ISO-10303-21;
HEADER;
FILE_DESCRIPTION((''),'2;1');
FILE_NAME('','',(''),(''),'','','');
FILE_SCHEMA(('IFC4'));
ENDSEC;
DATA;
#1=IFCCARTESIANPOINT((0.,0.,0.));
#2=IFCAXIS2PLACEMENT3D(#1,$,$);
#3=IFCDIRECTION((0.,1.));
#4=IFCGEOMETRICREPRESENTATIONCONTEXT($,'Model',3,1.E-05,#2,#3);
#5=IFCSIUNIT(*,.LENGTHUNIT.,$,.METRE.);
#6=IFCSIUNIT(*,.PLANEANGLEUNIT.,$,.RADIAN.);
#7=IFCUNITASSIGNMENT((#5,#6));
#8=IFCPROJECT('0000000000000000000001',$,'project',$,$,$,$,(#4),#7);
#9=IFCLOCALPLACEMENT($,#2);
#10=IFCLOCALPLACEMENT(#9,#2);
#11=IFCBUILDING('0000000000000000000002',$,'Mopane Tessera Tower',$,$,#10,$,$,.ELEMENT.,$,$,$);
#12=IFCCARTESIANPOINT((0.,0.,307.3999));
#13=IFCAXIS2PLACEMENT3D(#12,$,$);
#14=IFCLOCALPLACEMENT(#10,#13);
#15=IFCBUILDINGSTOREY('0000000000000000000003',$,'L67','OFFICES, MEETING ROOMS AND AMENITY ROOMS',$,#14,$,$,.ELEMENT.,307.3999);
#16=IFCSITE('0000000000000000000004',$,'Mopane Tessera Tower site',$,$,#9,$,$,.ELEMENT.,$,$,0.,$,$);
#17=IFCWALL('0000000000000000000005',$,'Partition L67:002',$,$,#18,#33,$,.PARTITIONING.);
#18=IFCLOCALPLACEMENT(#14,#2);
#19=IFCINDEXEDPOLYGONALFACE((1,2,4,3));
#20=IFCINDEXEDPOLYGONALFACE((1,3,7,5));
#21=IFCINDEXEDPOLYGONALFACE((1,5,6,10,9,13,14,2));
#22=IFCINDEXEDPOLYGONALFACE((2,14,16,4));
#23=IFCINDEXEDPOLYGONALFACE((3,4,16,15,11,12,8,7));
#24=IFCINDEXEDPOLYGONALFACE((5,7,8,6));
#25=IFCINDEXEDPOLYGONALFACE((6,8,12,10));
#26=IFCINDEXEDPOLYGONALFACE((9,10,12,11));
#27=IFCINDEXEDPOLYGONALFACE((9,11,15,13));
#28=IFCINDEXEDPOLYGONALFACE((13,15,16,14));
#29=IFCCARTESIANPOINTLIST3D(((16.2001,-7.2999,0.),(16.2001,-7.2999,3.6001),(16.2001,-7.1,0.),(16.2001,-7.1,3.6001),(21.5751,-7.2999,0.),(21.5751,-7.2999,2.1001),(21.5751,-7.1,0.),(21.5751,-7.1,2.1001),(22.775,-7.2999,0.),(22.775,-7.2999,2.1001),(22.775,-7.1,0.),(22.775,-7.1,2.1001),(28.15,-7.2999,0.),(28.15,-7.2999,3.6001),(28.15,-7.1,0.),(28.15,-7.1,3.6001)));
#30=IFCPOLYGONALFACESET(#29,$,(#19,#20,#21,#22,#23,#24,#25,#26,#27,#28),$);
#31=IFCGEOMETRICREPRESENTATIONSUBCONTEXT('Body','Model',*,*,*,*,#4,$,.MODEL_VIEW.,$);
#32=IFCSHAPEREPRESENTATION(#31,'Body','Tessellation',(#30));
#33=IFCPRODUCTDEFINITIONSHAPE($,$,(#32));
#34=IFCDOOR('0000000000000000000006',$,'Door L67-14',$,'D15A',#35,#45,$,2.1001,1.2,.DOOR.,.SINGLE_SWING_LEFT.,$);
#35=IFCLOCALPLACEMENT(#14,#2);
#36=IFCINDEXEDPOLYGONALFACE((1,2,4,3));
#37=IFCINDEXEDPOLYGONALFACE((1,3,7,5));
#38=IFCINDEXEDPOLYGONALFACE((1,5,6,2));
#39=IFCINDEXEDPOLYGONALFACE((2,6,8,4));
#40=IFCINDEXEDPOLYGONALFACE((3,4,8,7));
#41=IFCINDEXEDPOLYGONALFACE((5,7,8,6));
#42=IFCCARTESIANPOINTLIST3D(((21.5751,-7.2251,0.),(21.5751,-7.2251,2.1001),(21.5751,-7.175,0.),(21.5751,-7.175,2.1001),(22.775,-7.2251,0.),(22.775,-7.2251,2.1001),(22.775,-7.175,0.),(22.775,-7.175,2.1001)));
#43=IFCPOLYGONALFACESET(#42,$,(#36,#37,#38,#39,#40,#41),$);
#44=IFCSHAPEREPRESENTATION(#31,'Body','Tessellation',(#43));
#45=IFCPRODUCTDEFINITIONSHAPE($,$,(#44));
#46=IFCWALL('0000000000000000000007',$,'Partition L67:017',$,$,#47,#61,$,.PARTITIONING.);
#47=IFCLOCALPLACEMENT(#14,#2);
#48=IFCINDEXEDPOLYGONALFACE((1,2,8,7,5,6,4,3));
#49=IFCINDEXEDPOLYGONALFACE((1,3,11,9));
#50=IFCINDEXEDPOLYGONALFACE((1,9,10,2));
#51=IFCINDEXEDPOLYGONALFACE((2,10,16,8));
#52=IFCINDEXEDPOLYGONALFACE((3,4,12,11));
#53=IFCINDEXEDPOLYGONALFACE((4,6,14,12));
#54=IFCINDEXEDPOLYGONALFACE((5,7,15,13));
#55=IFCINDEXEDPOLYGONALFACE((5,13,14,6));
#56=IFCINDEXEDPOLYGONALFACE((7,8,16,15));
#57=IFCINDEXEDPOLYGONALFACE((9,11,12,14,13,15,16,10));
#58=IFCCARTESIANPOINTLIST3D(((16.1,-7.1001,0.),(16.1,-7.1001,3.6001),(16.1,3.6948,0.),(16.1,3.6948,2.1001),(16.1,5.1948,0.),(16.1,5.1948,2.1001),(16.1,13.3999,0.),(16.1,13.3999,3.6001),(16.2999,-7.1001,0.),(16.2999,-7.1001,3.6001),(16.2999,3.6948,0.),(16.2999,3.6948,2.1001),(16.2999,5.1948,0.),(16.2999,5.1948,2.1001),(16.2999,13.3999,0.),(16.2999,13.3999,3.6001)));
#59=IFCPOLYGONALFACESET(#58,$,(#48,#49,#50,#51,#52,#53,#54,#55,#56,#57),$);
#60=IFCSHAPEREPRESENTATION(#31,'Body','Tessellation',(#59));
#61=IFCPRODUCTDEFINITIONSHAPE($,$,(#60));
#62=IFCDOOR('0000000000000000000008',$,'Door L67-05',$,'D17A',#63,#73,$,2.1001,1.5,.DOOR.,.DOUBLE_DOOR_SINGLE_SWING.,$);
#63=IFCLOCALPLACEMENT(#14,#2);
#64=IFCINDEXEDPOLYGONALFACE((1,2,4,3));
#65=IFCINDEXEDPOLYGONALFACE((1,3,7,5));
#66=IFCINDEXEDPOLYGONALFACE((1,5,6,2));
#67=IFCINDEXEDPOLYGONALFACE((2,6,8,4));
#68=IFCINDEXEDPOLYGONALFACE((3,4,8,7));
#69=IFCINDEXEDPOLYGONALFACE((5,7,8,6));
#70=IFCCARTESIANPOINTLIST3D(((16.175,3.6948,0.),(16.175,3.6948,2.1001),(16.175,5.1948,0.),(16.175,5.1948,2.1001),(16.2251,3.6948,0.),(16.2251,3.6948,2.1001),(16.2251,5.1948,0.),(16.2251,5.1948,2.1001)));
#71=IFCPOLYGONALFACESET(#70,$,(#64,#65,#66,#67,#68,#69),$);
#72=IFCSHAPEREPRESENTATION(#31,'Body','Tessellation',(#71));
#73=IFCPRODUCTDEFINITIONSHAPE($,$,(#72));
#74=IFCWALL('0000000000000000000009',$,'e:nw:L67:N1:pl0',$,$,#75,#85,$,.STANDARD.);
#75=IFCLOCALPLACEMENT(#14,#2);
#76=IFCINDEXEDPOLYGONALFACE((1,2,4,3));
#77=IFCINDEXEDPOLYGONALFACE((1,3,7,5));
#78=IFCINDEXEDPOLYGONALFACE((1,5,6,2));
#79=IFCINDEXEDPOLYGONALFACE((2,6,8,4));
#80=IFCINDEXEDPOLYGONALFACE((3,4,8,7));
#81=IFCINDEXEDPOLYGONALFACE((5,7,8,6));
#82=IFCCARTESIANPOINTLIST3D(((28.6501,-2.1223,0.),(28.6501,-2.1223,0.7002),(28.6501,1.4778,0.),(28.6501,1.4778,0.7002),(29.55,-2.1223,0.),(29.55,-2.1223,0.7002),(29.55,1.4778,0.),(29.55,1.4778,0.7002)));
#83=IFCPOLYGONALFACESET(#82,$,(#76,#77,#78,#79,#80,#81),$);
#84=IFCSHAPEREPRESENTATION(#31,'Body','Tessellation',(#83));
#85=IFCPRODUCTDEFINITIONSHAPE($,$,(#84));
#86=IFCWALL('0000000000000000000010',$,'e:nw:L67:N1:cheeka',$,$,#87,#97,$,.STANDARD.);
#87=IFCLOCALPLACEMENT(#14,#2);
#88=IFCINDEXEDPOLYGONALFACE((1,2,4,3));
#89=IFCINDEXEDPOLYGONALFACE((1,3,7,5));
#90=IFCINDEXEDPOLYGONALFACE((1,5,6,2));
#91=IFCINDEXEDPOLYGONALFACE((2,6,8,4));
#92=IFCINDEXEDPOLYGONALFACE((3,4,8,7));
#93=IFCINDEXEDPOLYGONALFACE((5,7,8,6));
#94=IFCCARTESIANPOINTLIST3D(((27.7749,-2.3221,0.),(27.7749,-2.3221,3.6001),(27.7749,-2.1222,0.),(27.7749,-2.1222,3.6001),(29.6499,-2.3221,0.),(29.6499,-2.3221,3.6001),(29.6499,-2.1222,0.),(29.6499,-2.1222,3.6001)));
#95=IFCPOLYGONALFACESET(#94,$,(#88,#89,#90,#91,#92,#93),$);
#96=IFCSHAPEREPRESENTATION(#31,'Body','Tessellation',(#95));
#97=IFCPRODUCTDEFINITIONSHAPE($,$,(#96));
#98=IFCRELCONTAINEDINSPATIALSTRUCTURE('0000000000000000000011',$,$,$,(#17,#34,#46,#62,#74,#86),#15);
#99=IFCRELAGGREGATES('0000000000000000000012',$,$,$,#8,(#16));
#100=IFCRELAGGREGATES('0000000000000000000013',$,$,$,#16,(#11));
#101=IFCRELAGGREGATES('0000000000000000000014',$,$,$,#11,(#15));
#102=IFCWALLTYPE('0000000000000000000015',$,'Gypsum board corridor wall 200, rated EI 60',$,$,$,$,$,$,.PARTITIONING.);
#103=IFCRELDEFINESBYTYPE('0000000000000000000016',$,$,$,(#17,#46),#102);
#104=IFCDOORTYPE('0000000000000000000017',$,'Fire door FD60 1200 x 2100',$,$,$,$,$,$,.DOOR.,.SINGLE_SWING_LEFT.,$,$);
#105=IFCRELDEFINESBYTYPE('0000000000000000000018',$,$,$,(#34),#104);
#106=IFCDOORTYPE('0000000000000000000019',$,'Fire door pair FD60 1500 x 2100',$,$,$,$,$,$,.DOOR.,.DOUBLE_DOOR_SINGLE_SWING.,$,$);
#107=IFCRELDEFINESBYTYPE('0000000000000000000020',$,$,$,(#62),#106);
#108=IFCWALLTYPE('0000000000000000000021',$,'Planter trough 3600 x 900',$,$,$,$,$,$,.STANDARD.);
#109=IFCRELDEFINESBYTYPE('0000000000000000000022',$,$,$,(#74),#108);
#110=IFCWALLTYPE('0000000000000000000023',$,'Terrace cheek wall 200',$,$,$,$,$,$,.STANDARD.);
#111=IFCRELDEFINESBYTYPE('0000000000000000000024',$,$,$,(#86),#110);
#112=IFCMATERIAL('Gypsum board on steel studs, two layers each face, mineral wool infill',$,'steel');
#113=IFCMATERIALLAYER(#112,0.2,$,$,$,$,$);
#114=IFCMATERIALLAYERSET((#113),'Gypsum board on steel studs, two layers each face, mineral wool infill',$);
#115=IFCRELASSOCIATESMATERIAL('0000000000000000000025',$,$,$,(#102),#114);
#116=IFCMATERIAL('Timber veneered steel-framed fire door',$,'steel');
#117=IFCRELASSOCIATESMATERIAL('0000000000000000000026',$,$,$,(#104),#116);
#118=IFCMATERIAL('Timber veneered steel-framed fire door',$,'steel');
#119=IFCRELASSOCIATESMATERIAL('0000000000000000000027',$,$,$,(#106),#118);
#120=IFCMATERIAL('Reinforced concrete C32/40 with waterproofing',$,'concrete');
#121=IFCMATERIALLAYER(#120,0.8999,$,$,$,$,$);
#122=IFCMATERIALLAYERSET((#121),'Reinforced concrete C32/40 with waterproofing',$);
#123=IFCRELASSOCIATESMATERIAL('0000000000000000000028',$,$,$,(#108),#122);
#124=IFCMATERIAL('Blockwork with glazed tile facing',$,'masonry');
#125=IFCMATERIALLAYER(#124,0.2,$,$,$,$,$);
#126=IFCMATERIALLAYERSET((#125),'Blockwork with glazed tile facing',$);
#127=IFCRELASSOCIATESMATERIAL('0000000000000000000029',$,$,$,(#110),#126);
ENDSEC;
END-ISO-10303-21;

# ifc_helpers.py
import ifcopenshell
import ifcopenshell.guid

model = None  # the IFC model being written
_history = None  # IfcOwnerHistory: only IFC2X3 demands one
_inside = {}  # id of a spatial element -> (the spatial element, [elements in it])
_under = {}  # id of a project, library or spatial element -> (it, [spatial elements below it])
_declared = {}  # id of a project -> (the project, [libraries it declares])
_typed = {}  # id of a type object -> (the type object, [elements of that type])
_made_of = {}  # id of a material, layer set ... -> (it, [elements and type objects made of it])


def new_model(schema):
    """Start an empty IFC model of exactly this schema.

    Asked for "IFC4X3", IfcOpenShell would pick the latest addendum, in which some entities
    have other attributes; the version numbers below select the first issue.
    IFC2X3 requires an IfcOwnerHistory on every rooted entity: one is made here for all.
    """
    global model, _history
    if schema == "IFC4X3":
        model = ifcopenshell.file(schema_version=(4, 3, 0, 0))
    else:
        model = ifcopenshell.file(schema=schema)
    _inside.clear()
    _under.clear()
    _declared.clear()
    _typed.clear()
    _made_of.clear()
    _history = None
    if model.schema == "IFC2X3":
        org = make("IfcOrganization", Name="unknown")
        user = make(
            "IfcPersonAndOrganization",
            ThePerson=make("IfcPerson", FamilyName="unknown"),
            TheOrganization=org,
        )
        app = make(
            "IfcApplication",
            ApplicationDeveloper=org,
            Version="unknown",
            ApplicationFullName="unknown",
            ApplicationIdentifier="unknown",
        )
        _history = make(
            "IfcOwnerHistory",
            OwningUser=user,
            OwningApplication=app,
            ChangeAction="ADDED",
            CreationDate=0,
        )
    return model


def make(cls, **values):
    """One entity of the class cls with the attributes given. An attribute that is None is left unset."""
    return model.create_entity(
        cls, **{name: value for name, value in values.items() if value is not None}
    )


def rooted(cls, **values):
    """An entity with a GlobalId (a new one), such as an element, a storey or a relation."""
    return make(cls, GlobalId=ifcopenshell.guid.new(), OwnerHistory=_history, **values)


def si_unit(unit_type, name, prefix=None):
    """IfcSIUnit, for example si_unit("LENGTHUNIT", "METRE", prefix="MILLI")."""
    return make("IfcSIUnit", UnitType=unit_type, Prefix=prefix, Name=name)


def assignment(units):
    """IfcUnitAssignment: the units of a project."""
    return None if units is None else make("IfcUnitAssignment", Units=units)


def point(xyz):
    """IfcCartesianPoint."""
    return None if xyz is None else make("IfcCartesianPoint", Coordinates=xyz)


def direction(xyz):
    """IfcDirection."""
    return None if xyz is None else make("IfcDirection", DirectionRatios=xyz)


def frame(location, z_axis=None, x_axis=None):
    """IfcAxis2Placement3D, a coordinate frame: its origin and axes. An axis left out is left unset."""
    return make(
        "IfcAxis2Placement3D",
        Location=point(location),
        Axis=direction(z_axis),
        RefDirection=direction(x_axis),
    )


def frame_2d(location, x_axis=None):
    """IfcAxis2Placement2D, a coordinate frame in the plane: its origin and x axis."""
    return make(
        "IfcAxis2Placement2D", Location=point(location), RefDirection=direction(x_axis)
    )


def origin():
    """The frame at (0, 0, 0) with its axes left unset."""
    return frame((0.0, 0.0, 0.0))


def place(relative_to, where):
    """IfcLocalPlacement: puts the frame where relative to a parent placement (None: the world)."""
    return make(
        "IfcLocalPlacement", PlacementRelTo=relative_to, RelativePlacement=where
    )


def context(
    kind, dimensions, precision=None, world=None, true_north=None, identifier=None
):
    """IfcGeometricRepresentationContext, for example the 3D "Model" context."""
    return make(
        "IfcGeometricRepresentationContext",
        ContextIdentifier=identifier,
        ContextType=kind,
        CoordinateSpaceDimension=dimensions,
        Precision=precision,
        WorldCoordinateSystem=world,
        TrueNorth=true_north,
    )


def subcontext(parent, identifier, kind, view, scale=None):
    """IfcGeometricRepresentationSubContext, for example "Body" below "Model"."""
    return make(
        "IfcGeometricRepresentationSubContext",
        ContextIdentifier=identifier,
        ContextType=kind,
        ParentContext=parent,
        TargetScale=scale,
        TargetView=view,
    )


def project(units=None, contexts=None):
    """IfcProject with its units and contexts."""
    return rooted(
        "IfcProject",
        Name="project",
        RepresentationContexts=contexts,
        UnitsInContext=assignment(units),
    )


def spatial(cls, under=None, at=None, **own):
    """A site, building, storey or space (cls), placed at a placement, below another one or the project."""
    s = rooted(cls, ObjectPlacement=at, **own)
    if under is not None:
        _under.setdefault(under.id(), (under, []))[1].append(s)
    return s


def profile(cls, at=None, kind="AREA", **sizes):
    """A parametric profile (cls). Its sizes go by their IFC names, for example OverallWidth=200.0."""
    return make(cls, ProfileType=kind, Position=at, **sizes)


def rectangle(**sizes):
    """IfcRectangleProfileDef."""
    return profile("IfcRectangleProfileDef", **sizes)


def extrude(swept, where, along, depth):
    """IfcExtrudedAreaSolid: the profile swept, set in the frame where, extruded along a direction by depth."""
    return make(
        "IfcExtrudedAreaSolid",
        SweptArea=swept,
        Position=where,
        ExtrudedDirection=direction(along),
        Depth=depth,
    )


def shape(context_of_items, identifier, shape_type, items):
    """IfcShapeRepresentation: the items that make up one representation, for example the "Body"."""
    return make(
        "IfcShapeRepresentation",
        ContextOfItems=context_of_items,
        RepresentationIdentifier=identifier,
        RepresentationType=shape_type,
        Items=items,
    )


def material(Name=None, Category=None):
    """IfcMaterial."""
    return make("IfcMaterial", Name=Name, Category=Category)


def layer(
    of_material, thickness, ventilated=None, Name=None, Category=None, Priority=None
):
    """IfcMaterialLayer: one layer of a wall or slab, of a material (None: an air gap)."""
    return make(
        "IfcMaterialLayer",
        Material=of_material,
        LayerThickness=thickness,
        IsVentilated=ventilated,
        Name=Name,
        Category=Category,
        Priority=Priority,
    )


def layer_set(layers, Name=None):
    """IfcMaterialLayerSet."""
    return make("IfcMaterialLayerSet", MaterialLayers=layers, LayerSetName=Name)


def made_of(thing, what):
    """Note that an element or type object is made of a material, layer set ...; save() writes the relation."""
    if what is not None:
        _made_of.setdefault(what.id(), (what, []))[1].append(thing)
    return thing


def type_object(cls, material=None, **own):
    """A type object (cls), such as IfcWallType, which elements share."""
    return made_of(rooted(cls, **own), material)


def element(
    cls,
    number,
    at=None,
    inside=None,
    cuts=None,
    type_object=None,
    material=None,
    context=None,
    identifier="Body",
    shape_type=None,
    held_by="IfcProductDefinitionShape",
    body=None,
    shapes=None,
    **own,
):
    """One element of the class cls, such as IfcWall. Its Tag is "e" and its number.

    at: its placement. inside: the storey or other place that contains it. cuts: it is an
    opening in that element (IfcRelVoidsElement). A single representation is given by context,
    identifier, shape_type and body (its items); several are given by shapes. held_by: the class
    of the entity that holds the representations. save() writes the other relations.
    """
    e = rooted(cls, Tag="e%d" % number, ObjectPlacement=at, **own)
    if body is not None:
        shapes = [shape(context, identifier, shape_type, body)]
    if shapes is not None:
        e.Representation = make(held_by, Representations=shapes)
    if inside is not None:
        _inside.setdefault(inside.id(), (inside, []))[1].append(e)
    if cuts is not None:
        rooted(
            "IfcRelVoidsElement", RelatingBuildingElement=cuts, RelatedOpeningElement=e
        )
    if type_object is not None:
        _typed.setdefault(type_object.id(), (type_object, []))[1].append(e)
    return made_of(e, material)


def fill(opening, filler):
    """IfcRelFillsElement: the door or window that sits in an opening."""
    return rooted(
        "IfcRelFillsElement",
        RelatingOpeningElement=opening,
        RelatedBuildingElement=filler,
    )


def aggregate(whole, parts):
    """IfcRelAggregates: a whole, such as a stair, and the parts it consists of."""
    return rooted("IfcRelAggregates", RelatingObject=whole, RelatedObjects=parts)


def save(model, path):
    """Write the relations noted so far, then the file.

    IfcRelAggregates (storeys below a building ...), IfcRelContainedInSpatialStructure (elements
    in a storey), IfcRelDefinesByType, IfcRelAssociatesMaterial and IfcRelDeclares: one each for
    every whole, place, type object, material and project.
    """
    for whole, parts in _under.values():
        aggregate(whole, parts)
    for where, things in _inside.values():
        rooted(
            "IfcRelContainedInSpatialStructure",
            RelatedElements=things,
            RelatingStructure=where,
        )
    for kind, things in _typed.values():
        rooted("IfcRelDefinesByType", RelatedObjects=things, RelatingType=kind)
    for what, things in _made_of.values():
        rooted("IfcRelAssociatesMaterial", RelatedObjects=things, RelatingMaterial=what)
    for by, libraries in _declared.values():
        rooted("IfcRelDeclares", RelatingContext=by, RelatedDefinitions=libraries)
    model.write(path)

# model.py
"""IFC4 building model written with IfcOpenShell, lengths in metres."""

from ifc_helpers import new_model, si_unit, direction, frame, frame_2d, origin, place, context, subcontext, project, spatial, rectangle, extrude, material, layer, layer_set, type_object, element, fill, save


model = new_model("IFC4")

# Units and contexts
model_context = context("Model", 3, precision=1e-05, world=origin(), true_north=direction((0.0, 1.0)))
body_context = subcontext(model_context, "Body", "Model", "MODEL_VIEW")
ifc_project = project(units=[si_unit("LENGTHUNIT", "METRE"), si_unit("PLANEANGLEUNIT", "RADIAN")], contexts=[model_context])

# Site, building, storey
site_placement = place(None, origin())
site = spatial("IfcSite", under=ifc_project, at=site_placement, Name="Mopane Tessera Tower site", CompositionType="ELEMENT", RefElevation=0.0)
building_placement = place(site_placement, origin())
building = spatial("IfcBuilding", under=site, at=building_placement, Name="Mopane Tessera Tower", CompositionType="ELEMENT")
storey_placement = place(building_placement, frame((0.0, 0.0, 307.3999)))
storey = spatial("IfcBuildingStorey", under=building, at=storey_placement, Name="L67", Description="OFFICES, MEETING ROOMS AND AMENITY ROOMS", CompositionType="ELEMENT", Elevation=307.3999)

# Walls, openings, doors
ifc_material_1 = material(Name="Gypsum board on steel studs, two layers each face, mineral wool infill", Category="steel")
ifc_layer_1 = layer(ifc_material_1, 0.2)
ifc_layer_set_1 = layer_set([ifc_layer_1], Name="Gypsum board on steel studs, two layers each face, mineral wool infill")
wall_type_1 = type_object("IfcWallType", Name="Gypsum board corridor wall 200, rated EI 60", PredefinedType="PARTITIONING", material=ifc_layer_set_1)
wall_1_placement = place(storey_placement, frame((16.2, -7.2, 0.0), z_axis=(0.0, 0.0, 1.0), x_axis=(1.0, 0.0, 0.0)))
wall_1 = element("IfcWall", 1, at=wall_1_placement, inside=storey, type_object=wall_type_1, Name="Partition L67:002", PredefinedType="PARTITIONING", context=body_context, shape_type="SweptSolid", body=[
    extrude(rectangle(XDim=11.95, YDim=0.2, at=frame_2d((5.9751, 0.0))), origin(), (0.0, 0.0, 1.0), 3.6001),
])
opening_1_placement = place(wall_1_placement, frame((5.375, 0.0, 0.0)))
opening_1 = element("IfcOpeningElement", 2, at=opening_1_placement, cuts=wall_1, PredefinedType="OPENING", context=body_context, shape_type="SweptSolid", body=[
    extrude(rectangle(XDim=1.2, YDim=2.1001, at=frame_2d((0.6001, 1.05))), frame((0.0, 0.1121, 0.0), z_axis=(0.0, -1.0, 0.0), x_axis=(1.0, 0.0, 0.0)), (0.0, 0.0, 1.0), 0.2239),
])
ifc_material_2 = material(Name="Timber veneered steel-framed fire door", Category="steel")
door_type_1 = type_object("IfcDoorType", Name="Fire door FD60 1200 x 2100", OperationType="SINGLE_SWING_LEFT", PredefinedType="DOOR", material=ifc_material_2)
door_1_placement = place(opening_1_placement, origin())
door_1 = element("IfcDoor", 3, at=door_1_placement, inside=storey, type_object=door_type_1, Name="Door L67-14", ObjectType="D15A", OperationType="SINGLE_SWING_LEFT", OverallHeight=2.1001, OverallWidth=1.2, PredefinedType="DOOR", context=body_context, shape_type="SweptSolid", body=[
    extrude(rectangle(XDim=1.2, YDim=2.1001, at=frame_2d((0.6001, 1.05))), frame((0.0, 0.0249, 0.0), z_axis=(0.0, -1.0, 0.0), x_axis=(1.0, 0.0, 0.0)), (0.0, 0.0, 1.0), 0.05),
])
fill(opening_1, door_1)
wall_2_placement = place(storey_placement, frame((16.2, -7.1001, 0.0), z_axis=(0.0, 0.0, 1.0), x_axis=(0.0, 1.0, 0.0)))
wall_2 = element("IfcWall", 4, at=wall_2_placement, inside=storey, type_object=wall_type_1, Name="Partition L67:017", PredefinedType="PARTITIONING", context=body_context, shape_type="SweptSolid", body=[
    extrude(rectangle(XDim=20.5, YDim=0.2, at=frame_2d((10.25, 0.0))), origin(), (0.0, 0.0, 1.0), 3.6001),
])
opening_2_placement = place(wall_2_placement, frame((10.7949, 0.0, 0.0)))
opening_2 = element("IfcOpeningElement", 5, at=opening_2_placement, cuts=wall_2, PredefinedType="OPENING", context=body_context, shape_type="SweptSolid", body=[
    extrude(rectangle(XDim=1.5, YDim=2.1001, at=frame_2d((0.75, 1.05))), frame((0.0, 0.1121, 0.0), z_axis=(0.0, -1.0, 0.0), x_axis=(1.0, 0.0, 0.0)), (0.0, 0.0, 1.0), 0.2239),
])
ifc_material_3 = material(Name="Timber veneered steel-framed fire door", Category="steel")
door_type_2 = type_object("IfcDoorType", Name="Fire door pair FD60 1500 x 2100", OperationType="DOUBLE_DOOR_SINGLE_SWING", PredefinedType="DOOR", material=ifc_material_3)
door_2_placement = place(opening_2_placement, origin())
door_2 = element("IfcDoor", 6, at=door_2_placement, inside=storey, type_object=door_type_2, Name="Door L67-05", ObjectType="D17A", OperationType="DOUBLE_DOOR_SINGLE_SWING", OverallHeight=2.1001, OverallWidth=1.5, PredefinedType="DOOR", context=body_context, shape_type="SweptSolid", body=[
    extrude(rectangle(XDim=1.5, YDim=2.1001, at=frame_2d((0.75, 1.05))), frame((0.0, 0.0249, 0.0), z_axis=(0.0, -1.0, 0.0), x_axis=(1.0, 0.0, 0.0)), (0.0, 0.0, 1.0), 0.05),
])
fill(opening_2, door_2)

# Walls
ifc_material_4 = material(Name="Reinforced concrete C32/40 with waterproofing", Category="concrete")
ifc_layer_2 = layer(ifc_material_4, 0.8999)
ifc_layer_set_2 = layer_set([ifc_layer_2], Name="Reinforced concrete C32/40 with waterproofing")
wall_type_2 = type_object("IfcWallType", Name="Planter trough 3600 x 900", PredefinedType="STANDARD", material=ifc_layer_set_2)
wall_3_placement = place(storey_placement, frame((29.1001, -2.1223, 0.0), z_axis=(0.0, 0.0, 1.0), x_axis=(0.0, 1.0, 0.0)))
element("IfcWall", 7, at=wall_3_placement, inside=storey, type_object=wall_type_2, Name="e:nw:L67:N1:pl0", PredefinedType="STANDARD", context=body_context, shape_type="SweptSolid", body=[
    extrude(rectangle(XDim=3.6001, YDim=0.8999, at=frame_2d((1.8, 0.0))), origin(), (0.0, 0.0, 1.0), 0.7002),
])
ifc_material_5 = material(Name="Blockwork with glazed tile facing", Category="masonry")
ifc_layer_3 = layer(ifc_material_5, 0.2)
ifc_layer_set_3 = layer_set([ifc_layer_3], Name="Blockwork with glazed tile facing")
wall_type_3 = type_object("IfcWallType", Name="Terrace cheek wall 200", PredefinedType="STANDARD", material=ifc_layer_set_3)
wall_4_placement = place(storey_placement, frame((29.6499, -2.2222, 0.0), z_axis=(0.0, 0.0, 1.0), x_axis=(-1.0, 0.0, 0.0)))
element("IfcWall", 8, at=wall_4_placement, inside=storey, type_object=wall_type_3, Name="e:nw:L67:N1:cheeka", PredefinedType="STANDARD", context=body_context, shape_type="SweptSolid", body=[
    extrude(rectangle(XDim=1.875, YDim=0.2, at=frame_2d((0.9375, 0.0))), origin(), (0.0, 0.0, 1.0), 3.6001),
])

save(model, "model.ifc")
